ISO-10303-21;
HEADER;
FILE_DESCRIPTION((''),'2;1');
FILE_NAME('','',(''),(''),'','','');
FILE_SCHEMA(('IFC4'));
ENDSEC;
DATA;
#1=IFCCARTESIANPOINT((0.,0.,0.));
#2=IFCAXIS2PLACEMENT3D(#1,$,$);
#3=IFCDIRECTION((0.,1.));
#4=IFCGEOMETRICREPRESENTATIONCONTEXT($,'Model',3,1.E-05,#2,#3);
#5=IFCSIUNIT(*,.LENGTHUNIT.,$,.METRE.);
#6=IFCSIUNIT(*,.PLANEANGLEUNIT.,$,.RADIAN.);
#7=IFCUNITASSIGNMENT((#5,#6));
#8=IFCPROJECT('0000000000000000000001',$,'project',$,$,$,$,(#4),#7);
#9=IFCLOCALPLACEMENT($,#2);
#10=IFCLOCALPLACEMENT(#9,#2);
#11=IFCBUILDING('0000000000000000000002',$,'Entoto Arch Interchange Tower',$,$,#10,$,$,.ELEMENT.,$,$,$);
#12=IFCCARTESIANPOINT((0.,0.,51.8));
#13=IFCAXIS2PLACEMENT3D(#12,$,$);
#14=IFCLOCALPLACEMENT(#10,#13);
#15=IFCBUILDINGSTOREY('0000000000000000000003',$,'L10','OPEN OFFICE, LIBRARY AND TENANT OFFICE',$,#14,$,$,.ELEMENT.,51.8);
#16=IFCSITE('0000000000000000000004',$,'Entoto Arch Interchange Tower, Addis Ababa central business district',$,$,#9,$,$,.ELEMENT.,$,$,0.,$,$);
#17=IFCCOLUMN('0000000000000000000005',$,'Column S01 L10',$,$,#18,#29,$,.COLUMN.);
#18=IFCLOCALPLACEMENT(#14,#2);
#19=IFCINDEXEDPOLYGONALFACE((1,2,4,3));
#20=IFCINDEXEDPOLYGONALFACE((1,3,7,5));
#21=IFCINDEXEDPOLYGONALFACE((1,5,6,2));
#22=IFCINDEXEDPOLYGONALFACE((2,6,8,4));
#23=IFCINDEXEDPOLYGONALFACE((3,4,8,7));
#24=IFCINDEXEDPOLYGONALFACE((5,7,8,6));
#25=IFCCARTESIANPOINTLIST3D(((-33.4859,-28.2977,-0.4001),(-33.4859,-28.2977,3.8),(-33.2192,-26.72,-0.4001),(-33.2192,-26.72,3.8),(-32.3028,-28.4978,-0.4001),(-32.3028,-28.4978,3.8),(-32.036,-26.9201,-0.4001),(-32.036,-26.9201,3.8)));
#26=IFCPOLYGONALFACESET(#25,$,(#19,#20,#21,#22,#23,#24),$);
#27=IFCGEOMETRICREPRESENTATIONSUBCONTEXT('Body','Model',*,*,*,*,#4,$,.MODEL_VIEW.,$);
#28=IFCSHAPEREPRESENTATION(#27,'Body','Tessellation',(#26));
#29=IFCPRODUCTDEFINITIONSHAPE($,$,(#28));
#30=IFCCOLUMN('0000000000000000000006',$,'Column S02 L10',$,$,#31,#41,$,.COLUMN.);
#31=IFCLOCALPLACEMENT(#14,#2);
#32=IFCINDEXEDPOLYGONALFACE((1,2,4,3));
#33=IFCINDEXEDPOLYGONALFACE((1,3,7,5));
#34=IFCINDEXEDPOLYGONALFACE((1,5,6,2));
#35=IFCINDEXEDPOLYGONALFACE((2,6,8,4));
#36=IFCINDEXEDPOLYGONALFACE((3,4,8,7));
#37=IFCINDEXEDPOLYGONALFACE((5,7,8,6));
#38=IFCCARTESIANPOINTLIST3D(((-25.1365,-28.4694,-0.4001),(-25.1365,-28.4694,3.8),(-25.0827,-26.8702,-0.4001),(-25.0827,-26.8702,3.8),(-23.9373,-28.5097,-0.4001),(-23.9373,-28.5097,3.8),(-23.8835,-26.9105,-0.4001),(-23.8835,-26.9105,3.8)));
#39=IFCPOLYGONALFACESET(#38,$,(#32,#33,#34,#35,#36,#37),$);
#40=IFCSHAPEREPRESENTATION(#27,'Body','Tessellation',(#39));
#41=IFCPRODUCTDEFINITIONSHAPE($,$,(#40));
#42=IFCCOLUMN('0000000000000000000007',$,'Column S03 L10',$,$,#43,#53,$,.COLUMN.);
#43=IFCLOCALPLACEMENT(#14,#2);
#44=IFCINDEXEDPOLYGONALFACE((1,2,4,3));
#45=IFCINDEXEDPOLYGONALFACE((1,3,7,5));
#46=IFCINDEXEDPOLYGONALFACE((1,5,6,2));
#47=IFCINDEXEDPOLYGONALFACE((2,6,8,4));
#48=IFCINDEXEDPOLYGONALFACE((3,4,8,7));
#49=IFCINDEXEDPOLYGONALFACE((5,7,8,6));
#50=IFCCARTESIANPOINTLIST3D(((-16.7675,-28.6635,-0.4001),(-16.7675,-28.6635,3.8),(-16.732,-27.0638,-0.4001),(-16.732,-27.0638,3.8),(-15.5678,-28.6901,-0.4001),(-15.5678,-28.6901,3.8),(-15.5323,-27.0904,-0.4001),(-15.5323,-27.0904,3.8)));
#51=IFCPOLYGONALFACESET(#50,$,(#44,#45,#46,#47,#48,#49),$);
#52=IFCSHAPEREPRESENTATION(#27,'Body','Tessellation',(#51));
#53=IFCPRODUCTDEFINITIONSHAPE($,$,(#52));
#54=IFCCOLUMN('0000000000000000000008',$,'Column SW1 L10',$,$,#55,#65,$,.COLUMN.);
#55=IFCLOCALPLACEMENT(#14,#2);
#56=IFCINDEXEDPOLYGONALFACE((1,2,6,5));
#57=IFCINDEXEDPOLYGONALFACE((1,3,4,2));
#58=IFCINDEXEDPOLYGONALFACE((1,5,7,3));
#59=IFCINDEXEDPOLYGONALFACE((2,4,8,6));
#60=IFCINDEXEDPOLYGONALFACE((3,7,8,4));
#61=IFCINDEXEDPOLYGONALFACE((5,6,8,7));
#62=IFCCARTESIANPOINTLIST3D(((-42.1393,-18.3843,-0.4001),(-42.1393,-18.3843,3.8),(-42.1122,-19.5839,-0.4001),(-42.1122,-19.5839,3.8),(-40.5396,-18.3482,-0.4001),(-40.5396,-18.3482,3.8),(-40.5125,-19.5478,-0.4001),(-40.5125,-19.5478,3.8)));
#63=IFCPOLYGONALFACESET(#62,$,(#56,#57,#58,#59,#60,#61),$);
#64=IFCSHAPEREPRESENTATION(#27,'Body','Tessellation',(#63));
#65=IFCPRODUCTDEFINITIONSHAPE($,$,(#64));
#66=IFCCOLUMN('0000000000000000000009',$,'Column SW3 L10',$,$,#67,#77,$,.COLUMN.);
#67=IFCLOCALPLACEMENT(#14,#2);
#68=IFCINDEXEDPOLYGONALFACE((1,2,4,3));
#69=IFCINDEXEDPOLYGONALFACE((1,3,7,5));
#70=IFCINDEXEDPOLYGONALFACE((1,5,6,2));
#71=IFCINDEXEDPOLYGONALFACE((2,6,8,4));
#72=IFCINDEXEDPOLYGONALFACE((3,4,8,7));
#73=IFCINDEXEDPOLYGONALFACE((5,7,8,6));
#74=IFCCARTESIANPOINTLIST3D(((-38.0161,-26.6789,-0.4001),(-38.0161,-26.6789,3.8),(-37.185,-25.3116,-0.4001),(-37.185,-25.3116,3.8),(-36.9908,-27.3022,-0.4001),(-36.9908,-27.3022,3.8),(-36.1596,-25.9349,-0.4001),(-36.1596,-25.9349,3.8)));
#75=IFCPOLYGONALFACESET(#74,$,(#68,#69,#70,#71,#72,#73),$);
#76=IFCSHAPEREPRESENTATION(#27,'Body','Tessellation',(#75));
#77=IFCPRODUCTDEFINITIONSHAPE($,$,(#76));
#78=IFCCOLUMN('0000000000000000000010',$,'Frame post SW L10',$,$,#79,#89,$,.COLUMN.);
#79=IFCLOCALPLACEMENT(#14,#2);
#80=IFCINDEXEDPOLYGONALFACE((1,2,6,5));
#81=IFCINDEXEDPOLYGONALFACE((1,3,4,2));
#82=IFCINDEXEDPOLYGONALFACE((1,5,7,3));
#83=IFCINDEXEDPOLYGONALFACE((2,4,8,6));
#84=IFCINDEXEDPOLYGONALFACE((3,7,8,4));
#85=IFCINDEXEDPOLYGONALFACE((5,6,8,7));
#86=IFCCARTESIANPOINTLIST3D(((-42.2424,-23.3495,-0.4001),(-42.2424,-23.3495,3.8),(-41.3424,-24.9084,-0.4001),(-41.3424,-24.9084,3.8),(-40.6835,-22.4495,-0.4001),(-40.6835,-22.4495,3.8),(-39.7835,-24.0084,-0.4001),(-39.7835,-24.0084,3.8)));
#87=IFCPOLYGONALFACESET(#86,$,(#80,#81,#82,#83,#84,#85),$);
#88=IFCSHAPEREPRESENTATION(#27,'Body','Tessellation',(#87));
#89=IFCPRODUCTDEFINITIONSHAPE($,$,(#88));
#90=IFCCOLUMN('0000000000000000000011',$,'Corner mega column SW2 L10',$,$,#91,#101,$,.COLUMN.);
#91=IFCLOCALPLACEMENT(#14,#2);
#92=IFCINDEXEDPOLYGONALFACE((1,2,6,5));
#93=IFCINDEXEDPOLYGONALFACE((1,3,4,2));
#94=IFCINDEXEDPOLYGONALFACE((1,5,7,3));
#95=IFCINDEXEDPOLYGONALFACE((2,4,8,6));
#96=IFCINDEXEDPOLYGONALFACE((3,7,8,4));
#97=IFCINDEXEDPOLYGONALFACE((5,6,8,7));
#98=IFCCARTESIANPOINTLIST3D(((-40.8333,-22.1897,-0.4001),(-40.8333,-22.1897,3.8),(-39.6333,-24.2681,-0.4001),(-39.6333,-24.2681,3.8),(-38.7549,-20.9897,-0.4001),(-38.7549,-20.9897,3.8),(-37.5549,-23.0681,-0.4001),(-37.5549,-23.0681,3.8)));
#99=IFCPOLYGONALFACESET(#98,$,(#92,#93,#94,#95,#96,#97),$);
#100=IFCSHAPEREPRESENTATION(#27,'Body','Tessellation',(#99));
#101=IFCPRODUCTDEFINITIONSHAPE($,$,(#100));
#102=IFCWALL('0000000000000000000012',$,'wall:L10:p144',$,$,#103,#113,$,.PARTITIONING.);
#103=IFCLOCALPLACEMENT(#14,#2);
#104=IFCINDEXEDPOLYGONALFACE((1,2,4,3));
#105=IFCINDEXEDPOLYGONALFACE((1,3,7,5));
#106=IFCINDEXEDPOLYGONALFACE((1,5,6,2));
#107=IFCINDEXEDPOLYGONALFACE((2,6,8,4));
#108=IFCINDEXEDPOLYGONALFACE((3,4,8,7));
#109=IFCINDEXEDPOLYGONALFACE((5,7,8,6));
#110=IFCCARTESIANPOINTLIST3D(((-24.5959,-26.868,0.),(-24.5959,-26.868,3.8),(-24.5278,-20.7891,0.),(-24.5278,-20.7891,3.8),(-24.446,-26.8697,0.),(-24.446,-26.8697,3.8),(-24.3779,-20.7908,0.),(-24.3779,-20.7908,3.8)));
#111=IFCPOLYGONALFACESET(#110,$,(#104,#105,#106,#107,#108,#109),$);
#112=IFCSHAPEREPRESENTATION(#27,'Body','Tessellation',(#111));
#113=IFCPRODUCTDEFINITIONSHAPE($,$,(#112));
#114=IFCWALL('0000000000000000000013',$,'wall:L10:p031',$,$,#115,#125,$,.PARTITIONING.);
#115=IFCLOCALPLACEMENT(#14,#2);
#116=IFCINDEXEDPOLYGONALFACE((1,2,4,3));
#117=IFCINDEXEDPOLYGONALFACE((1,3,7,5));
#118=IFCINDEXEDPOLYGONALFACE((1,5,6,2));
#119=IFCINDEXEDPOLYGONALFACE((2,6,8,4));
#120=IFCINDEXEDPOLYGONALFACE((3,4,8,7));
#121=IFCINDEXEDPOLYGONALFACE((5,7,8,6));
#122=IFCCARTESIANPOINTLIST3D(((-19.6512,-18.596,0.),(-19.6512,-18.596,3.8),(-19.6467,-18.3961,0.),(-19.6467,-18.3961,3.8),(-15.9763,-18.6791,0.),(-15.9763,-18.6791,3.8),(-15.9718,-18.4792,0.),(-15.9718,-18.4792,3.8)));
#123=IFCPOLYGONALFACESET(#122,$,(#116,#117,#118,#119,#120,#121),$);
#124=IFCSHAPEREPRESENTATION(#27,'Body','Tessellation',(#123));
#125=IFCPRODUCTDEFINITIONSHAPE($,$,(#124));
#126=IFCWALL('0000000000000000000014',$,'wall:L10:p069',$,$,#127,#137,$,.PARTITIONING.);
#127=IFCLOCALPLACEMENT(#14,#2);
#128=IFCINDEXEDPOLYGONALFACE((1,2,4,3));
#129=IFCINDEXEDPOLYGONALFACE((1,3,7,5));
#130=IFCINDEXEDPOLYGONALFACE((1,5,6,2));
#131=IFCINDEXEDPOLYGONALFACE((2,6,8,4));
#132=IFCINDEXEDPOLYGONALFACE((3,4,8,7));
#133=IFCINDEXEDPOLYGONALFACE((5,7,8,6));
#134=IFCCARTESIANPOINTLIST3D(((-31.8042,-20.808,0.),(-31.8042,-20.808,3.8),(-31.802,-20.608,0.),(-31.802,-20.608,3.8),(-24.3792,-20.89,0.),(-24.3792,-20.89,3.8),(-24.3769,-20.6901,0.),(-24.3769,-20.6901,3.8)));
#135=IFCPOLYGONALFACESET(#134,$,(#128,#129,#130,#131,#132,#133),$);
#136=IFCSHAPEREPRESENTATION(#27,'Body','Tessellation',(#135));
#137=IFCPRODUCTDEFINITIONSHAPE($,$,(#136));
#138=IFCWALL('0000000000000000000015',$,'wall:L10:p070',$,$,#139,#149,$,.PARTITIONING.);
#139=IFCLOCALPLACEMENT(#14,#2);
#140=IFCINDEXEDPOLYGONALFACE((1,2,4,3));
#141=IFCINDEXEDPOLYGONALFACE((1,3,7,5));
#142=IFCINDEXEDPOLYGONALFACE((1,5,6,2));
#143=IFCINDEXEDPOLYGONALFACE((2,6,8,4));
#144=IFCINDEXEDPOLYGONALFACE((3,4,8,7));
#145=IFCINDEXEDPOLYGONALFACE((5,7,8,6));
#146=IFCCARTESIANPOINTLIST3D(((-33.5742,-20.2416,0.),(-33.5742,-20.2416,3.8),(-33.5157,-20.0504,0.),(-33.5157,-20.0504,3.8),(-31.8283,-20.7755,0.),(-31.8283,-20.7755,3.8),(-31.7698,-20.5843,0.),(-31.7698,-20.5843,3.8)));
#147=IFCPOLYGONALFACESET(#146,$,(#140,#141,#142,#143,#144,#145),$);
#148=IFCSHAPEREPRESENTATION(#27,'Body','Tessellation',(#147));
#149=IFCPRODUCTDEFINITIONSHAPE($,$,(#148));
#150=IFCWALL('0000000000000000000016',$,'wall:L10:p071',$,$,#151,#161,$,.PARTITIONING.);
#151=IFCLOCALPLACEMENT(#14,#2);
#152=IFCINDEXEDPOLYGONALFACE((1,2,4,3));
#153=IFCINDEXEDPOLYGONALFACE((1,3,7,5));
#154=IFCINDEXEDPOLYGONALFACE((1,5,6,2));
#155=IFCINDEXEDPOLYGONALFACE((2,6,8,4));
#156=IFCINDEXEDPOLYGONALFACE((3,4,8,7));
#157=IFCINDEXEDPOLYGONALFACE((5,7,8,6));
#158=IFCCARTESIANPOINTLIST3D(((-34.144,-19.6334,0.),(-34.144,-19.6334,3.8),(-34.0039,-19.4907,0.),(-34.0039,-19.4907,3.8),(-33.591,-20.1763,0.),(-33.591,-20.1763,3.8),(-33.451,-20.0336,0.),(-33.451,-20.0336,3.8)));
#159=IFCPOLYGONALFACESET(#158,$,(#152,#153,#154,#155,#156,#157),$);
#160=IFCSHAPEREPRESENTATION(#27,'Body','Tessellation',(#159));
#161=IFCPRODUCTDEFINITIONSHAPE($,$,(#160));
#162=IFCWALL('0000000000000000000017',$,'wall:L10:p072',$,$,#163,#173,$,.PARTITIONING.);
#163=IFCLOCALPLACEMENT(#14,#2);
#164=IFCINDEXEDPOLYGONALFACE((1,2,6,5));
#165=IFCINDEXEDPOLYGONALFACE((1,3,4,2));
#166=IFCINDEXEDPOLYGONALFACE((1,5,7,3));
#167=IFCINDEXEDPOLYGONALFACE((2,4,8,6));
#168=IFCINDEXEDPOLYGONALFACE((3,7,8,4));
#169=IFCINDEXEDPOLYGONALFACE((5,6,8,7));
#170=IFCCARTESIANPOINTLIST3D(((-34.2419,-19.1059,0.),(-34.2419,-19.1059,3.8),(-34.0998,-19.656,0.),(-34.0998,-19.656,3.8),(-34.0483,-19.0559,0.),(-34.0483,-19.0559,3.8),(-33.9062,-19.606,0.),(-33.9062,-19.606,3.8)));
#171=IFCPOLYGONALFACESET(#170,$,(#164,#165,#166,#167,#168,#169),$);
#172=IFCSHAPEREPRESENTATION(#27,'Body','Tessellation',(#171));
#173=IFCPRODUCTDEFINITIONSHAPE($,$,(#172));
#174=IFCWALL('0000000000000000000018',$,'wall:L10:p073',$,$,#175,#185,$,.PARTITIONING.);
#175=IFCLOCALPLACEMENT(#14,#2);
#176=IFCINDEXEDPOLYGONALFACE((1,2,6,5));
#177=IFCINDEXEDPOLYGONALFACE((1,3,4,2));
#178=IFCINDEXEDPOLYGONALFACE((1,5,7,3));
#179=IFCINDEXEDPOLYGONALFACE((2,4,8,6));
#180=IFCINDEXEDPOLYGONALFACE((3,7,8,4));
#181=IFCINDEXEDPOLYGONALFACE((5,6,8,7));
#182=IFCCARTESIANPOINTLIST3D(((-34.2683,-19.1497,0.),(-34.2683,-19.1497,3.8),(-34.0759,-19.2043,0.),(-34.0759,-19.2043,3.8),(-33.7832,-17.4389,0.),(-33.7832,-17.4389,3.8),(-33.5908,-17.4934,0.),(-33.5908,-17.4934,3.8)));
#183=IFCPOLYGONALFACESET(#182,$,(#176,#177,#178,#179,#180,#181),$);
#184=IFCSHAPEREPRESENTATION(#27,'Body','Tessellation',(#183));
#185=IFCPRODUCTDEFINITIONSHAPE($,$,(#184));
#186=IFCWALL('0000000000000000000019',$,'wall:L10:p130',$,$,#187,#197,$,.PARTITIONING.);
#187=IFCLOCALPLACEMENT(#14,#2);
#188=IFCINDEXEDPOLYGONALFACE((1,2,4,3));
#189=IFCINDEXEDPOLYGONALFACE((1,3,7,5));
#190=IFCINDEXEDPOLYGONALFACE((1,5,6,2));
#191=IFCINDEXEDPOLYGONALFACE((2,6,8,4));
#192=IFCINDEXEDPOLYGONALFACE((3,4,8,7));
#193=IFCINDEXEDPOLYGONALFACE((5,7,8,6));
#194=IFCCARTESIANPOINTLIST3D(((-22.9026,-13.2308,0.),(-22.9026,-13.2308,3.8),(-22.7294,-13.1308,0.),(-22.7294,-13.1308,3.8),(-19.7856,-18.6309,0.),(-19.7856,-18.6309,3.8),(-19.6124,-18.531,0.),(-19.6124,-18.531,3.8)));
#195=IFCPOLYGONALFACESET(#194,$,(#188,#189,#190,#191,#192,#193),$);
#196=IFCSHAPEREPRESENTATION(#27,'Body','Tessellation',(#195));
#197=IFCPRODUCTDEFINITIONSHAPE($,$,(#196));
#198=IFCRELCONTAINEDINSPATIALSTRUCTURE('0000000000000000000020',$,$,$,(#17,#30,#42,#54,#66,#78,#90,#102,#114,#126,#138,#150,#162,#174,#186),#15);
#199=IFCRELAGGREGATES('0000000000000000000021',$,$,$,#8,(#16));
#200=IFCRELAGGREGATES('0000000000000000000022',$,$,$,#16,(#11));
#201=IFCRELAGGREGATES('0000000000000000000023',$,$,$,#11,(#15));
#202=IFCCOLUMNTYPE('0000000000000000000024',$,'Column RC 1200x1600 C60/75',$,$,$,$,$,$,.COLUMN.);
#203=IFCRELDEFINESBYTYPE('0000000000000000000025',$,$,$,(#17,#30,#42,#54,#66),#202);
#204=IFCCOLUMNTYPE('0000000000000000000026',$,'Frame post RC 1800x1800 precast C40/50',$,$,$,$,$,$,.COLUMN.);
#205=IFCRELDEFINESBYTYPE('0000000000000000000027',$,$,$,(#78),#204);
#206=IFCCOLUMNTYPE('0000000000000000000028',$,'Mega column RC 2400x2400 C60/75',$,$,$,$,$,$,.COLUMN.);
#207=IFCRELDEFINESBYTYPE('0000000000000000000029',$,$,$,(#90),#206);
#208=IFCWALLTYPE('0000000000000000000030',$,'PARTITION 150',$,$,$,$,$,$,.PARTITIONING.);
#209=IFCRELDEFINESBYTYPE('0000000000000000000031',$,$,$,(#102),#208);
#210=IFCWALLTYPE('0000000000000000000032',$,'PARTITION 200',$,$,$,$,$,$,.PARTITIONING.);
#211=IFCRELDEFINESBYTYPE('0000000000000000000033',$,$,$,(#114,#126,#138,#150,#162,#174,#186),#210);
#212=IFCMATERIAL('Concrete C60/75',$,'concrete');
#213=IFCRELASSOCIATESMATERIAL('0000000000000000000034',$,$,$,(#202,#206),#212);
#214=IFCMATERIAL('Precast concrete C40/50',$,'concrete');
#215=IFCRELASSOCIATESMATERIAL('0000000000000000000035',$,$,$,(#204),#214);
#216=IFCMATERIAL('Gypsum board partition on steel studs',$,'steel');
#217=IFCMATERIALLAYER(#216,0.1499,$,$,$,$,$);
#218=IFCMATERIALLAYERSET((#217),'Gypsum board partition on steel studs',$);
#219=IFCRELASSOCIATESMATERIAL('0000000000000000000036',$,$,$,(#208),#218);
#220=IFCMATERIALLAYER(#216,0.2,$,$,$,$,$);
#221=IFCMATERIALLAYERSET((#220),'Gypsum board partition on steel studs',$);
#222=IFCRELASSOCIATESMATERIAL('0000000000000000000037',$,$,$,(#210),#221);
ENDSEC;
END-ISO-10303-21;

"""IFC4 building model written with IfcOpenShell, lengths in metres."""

from ifc_helpers import new_model, si_unit, direction, frame, frame_2d, origin, origin_2d, place, context, subcontext, project, spatial, rectangle, extrude, material, layer, layer_set, material_profile, profile_set, type_object, element, save


model = new_model("IFC4")

# Units and contexts
model_context = context("Model", 3, precision=1e-05, world=origin(), true_north=direction((0.0, 1.0)))
body_context = subcontext(model_context, "Body", "Model", "MODEL_VIEW")
ifc_project = project(units=[si_unit("LENGTHUNIT", "METRE"), si_unit("PLANEANGLEUNIT", "RADIAN")], contexts=[model_context])

# Site, building, storey
site_placement = place(None, origin())
site = spatial("IfcSite", under=ifc_project, at=site_placement, Name="Entoto Arch Interchange Tower, Addis Ababa central business district", CompositionType="ELEMENT", RefElevation=0.0)
building_placement = place(site_placement, origin())
building = spatial("IfcBuilding", under=site, at=building_placement, Name="Entoto Arch Interchange Tower", CompositionType="ELEMENT")
storey_placement = place(building_placement, frame((0.0, 0.0, 51.8)))
storey = spatial("IfcBuildingStorey", under=building, at=storey_placement, Name="L10", Description="OPEN OFFICE, LIBRARY AND TENANT OFFICE", CompositionType="ELEMENT", Elevation=51.8)

# Columns
ifc_material_1 = material(Name="Concrete C60/75", Category="concrete")
ifc_material_profile_1 = material_profile(ifc_material_1, rectangle(XDim=1.2, YDim=1.6001, at=origin_2d()))
ifc_profile_set_1 = profile_set([ifc_material_profile_1], Name="Concrete C60/75")
column_type_1 = type_object("IfcColumnType", Name="Column RC 1200x1600 C60/75", PredefinedType="COLUMN", material=ifc_profile_set_1)
for number, where, z_axis, x_axis, name in (
    (1, (-32.761, -27.6089, -0.4001), (0.0, 0.0, 1.0), (-0.986005, 0.166717, 0.0), "Column S01 L10"),
    (2, (-24.51, -27.6899, -0.4001), (0.0, 0.0, 1.0), (-0.999434, 0.033626, 0.0), "Column S02 L10"),
    (3, (-16.1499, -27.877, -0.4001), (0.0, 0.0, 1.0), (-0.999754, 0.022164, 0.0), "Column S03 L10"),
    (4, (-41.3259, -18.9661, -0.4001), (0.0, 0.0, 1.0), (-0.022565, 0.999745, 0.0), "Column SW1 L10"),
    (5, (-37.0879, -26.3069, -0.4001), (0.0, 0.0, 1.0), (-0.854522, 0.519415, 0.0), "Column SW3 L10"),
):
    element("IfcColumn", number, at=place(storey_placement, frame(where, z_axis=z_axis, x_axis=x_axis)), inside=storey, type_object=column_type_1, Name=name, PredefinedType="COLUMN", context=body_context, shape_type="SweptSolid", body=[
        extrude(rectangle(XDim=1.2, YDim=1.6001, at=origin_2d()), origin(), (0.0, 0.0, 1.0), 4.2002),
    ])
ifc_material_2 = material(Name="Precast concrete C40/50", Category="concrete")
ifc_material_profile_2 = material_profile(ifc_material_2, rectangle(XDim=1.8, YDim=1.8, at=origin_2d()))
ifc_profile_set_2 = profile_set([ifc_material_profile_2], Name="Precast concrete C40/50")
column_type_2 = type_object("IfcColumnType", Name="Frame post RC 1800x1800 precast C40/50", PredefinedType="COLUMN", material=ifc_profile_set_2)
column_1_placement = place(storey_placement, frame((-41.0129, -23.679, -0.4001), z_axis=(0.0, 0.0, 1.0), x_axis=(0.866025, 0.5, 0.0)))
element("IfcColumn", 6, at=column_1_placement, inside=storey, type_object=column_type_2, Name="Frame post SW L10", PredefinedType="COLUMN", context=body_context, shape_type="SweptSolid", body=[
    extrude(rectangle(XDim=1.8, YDim=1.8, at=origin_2d()), origin(), (0.0, 0.0, 1.0), 4.2002),
])
ifc_material_profile_3 = material_profile(ifc_material_1, rectangle(XDim=2.3999, YDim=2.3999, at=origin_2d()))
ifc_profile_set_3 = profile_set([ifc_material_profile_3], Name="Concrete C60/75")
column_type_3 = type_object("IfcColumnType", Name="Mega column RC 2400x2400 C60/75", PredefinedType="COLUMN", material=ifc_profile_set_3)
column_2_placement = place(storey_placement, frame((-39.1941, -22.6289, -0.4001), z_axis=(0.0, 0.0, 1.0), x_axis=(0.866025, 0.5, 0.0)))
element("IfcColumn", 7, at=column_2_placement, inside=storey, type_object=column_type_3, Name="Corner mega column SW2 L10", PredefinedType="COLUMN", context=body_context, shape_type="SweptSolid", body=[
    extrude(rectangle(XDim=2.3999, YDim=2.3999, at=origin_2d()), origin(), (0.0, 0.0, 1.0), 4.2002),
])

# Walls
ifc_material_3 = material(Name="Gypsum board partition on steel studs", Category="steel")
ifc_layer_1 = layer(ifc_material_3, 0.1499)
ifc_layer_set_1 = layer_set([ifc_layer_1], Name="Gypsum board partition on steel studs")
wall_type_1 = type_object("IfcWallType", Name="PARTITION 150", PredefinedType="PARTITIONING", material=ifc_layer_set_1)
wall_1_placement = place(storey_placement, frame((-24.4529, -20.79, 0.0), z_axis=(0.0, 0.0, 1.0), x_axis=(-0.011205, -0.999937, 0.0)))
element("IfcWall", 8, at=wall_1_placement, inside=storey, type_object=wall_type_1, Name="wall:L10:p144", PredefinedType="PARTITIONING", context=body_context, shape_type="SweptSolid", body=[
    extrude(rectangle(XDim=6.0793, YDim=0.1499, at=frame_2d((3.0396, 0.0))), origin(), (0.0, 0.0, 1.0), 3.8),
])
ifc_layer_2 = layer(ifc_material_3, 0.2)
ifc_layer_set_2 = layer_set([ifc_layer_2], Name="Gypsum board partition on steel studs")
wall_type_2 = type_object("IfcWallType", Name="PARTITION 200", PredefinedType="PARTITIONING", material=ifc_layer_set_2)
wall_2_placement = place(storey_placement, frame((-19.6489, -18.4961, 0.0), z_axis=(0.0, 0.0, 1.0), x_axis=(0.999745, -0.022583, 0.0)))
element("IfcWall", 9, at=wall_2_placement, inside=storey, type_object=wall_type_2, Name="wall:L10:p031", PredefinedType="PARTITIONING", context=body_context, shape_type="SweptSolid", body=[
    extrude(rectangle(XDim=3.6758, YDim=0.2, at=frame_2d((1.8379, 0.0))), origin(), (0.0, 0.0, 1.0), 3.8),
])
wall_3_placement = place(storey_placement, frame((-24.3779, -20.79, 0.0), z_axis=(0.0, 0.0, 1.0), x_axis=(-0.999939, 0.011047, 0.0)))
element("IfcWall", 10, at=wall_3_placement, inside=storey, type_object=wall_type_2, Name="wall:L10:p069", PredefinedType="PARTITIONING", context=body_context, shape_type="SweptSolid", body=[
    extrude(rectangle(XDim=7.4255, YDim=0.2, at=frame_2d((3.7129, 0.0))), origin(), (0.0, 0.0, 1.0), 3.8),
])
wall_4_placement = place(storey_placement, frame((-31.7991, -20.6799, 0.0), z_axis=(0.0, 0.0, 1.0), x_axis=(-0.956278, 0.29246, 0.0)))
element("IfcWall", 11, at=wall_4_placement, inside=storey, type_object=wall_type_2, Name="wall:L10:p070", PredefinedType="PARTITIONING", context=body_context, shape_type="SweptSolid", body=[
    extrude(rectangle(XDim=1.8257, YDim=0.2, at=frame_2d((0.9128, 0.0))), origin(), (0.0, 0.0, 1.0), 3.8),
])
wall_5_placement = place(storey_placement, frame((-33.521, -20.105, 0.0), z_axis=(0.0, 0.0, 1.0), x_axis=(-0.713535, 0.700619, 0.0)))
element("IfcWall", 12, at=wall_5_placement, inside=storey, type_object=wall_type_2, Name="wall:L10:p071", PredefinedType="PARTITIONING", context=body_context, shape_type="SweptSolid", body=[
    extrude(rectangle(XDim=0.7749, YDim=0.2, at=frame_2d((0.3875, 0.0))), origin(), (0.0, 0.0, 1.0), 3.8),
])
wall_6_placement = place(storey_placement, frame((-34.0029, -19.6311, 0.0), z_axis=(0.0, 0.0, 1.0), x_axis=(-0.250112, 0.968217, 0.0)))
element("IfcWall", 13, at=wall_6_placement, inside=storey, type_object=wall_type_2, Name="wall:L10:p072", PredefinedType="PARTITIONING", context=body_context, shape_type="SweptSolid", body=[
    extrude(rectangle(XDim=0.5681, YDim=0.2, at=frame_2d((0.2842, 0.0))), origin(), (0.0, 0.0, 1.0), 3.8),
])
wall_7_placement = place(storey_placement, frame((-34.1721, -19.177, 0.0), z_axis=(0.0, 0.0, 1.0), x_axis=(0.27278, 0.962076, 0.0)))
element("IfcWall", 14, at=wall_7_placement, inside=storey, type_object=wall_type_2, Name="wall:L10:p073", PredefinedType="PARTITIONING", context=body_context, shape_type="SweptSolid", body=[
    extrude(rectangle(XDim=1.7783, YDim=0.2, at=frame_2d((0.8892, 0.0))), origin(), (0.0, 0.0, 1.0), 3.8),
])
wall_8_placement = place(storey_placement, frame((-19.699, -18.5811, 0.0), z_axis=(0.0, 0.0, 1.0), x_axis=(-0.4999, 0.866083, 0.0)))
element("IfcWall", 15, at=wall_8_placement, inside=storey, type_object=wall_type_2, Name="wall:L10:p130", PredefinedType="PARTITIONING", context=body_context, shape_type="SweptSolid", body=[
    extrude(rectangle(XDim=6.2351, YDim=0.2, at=frame_2d((3.1177, 0.0))), origin(), (0.0, 0.0, 1.0), 3.8),
])

save(model, "model.ifc")
